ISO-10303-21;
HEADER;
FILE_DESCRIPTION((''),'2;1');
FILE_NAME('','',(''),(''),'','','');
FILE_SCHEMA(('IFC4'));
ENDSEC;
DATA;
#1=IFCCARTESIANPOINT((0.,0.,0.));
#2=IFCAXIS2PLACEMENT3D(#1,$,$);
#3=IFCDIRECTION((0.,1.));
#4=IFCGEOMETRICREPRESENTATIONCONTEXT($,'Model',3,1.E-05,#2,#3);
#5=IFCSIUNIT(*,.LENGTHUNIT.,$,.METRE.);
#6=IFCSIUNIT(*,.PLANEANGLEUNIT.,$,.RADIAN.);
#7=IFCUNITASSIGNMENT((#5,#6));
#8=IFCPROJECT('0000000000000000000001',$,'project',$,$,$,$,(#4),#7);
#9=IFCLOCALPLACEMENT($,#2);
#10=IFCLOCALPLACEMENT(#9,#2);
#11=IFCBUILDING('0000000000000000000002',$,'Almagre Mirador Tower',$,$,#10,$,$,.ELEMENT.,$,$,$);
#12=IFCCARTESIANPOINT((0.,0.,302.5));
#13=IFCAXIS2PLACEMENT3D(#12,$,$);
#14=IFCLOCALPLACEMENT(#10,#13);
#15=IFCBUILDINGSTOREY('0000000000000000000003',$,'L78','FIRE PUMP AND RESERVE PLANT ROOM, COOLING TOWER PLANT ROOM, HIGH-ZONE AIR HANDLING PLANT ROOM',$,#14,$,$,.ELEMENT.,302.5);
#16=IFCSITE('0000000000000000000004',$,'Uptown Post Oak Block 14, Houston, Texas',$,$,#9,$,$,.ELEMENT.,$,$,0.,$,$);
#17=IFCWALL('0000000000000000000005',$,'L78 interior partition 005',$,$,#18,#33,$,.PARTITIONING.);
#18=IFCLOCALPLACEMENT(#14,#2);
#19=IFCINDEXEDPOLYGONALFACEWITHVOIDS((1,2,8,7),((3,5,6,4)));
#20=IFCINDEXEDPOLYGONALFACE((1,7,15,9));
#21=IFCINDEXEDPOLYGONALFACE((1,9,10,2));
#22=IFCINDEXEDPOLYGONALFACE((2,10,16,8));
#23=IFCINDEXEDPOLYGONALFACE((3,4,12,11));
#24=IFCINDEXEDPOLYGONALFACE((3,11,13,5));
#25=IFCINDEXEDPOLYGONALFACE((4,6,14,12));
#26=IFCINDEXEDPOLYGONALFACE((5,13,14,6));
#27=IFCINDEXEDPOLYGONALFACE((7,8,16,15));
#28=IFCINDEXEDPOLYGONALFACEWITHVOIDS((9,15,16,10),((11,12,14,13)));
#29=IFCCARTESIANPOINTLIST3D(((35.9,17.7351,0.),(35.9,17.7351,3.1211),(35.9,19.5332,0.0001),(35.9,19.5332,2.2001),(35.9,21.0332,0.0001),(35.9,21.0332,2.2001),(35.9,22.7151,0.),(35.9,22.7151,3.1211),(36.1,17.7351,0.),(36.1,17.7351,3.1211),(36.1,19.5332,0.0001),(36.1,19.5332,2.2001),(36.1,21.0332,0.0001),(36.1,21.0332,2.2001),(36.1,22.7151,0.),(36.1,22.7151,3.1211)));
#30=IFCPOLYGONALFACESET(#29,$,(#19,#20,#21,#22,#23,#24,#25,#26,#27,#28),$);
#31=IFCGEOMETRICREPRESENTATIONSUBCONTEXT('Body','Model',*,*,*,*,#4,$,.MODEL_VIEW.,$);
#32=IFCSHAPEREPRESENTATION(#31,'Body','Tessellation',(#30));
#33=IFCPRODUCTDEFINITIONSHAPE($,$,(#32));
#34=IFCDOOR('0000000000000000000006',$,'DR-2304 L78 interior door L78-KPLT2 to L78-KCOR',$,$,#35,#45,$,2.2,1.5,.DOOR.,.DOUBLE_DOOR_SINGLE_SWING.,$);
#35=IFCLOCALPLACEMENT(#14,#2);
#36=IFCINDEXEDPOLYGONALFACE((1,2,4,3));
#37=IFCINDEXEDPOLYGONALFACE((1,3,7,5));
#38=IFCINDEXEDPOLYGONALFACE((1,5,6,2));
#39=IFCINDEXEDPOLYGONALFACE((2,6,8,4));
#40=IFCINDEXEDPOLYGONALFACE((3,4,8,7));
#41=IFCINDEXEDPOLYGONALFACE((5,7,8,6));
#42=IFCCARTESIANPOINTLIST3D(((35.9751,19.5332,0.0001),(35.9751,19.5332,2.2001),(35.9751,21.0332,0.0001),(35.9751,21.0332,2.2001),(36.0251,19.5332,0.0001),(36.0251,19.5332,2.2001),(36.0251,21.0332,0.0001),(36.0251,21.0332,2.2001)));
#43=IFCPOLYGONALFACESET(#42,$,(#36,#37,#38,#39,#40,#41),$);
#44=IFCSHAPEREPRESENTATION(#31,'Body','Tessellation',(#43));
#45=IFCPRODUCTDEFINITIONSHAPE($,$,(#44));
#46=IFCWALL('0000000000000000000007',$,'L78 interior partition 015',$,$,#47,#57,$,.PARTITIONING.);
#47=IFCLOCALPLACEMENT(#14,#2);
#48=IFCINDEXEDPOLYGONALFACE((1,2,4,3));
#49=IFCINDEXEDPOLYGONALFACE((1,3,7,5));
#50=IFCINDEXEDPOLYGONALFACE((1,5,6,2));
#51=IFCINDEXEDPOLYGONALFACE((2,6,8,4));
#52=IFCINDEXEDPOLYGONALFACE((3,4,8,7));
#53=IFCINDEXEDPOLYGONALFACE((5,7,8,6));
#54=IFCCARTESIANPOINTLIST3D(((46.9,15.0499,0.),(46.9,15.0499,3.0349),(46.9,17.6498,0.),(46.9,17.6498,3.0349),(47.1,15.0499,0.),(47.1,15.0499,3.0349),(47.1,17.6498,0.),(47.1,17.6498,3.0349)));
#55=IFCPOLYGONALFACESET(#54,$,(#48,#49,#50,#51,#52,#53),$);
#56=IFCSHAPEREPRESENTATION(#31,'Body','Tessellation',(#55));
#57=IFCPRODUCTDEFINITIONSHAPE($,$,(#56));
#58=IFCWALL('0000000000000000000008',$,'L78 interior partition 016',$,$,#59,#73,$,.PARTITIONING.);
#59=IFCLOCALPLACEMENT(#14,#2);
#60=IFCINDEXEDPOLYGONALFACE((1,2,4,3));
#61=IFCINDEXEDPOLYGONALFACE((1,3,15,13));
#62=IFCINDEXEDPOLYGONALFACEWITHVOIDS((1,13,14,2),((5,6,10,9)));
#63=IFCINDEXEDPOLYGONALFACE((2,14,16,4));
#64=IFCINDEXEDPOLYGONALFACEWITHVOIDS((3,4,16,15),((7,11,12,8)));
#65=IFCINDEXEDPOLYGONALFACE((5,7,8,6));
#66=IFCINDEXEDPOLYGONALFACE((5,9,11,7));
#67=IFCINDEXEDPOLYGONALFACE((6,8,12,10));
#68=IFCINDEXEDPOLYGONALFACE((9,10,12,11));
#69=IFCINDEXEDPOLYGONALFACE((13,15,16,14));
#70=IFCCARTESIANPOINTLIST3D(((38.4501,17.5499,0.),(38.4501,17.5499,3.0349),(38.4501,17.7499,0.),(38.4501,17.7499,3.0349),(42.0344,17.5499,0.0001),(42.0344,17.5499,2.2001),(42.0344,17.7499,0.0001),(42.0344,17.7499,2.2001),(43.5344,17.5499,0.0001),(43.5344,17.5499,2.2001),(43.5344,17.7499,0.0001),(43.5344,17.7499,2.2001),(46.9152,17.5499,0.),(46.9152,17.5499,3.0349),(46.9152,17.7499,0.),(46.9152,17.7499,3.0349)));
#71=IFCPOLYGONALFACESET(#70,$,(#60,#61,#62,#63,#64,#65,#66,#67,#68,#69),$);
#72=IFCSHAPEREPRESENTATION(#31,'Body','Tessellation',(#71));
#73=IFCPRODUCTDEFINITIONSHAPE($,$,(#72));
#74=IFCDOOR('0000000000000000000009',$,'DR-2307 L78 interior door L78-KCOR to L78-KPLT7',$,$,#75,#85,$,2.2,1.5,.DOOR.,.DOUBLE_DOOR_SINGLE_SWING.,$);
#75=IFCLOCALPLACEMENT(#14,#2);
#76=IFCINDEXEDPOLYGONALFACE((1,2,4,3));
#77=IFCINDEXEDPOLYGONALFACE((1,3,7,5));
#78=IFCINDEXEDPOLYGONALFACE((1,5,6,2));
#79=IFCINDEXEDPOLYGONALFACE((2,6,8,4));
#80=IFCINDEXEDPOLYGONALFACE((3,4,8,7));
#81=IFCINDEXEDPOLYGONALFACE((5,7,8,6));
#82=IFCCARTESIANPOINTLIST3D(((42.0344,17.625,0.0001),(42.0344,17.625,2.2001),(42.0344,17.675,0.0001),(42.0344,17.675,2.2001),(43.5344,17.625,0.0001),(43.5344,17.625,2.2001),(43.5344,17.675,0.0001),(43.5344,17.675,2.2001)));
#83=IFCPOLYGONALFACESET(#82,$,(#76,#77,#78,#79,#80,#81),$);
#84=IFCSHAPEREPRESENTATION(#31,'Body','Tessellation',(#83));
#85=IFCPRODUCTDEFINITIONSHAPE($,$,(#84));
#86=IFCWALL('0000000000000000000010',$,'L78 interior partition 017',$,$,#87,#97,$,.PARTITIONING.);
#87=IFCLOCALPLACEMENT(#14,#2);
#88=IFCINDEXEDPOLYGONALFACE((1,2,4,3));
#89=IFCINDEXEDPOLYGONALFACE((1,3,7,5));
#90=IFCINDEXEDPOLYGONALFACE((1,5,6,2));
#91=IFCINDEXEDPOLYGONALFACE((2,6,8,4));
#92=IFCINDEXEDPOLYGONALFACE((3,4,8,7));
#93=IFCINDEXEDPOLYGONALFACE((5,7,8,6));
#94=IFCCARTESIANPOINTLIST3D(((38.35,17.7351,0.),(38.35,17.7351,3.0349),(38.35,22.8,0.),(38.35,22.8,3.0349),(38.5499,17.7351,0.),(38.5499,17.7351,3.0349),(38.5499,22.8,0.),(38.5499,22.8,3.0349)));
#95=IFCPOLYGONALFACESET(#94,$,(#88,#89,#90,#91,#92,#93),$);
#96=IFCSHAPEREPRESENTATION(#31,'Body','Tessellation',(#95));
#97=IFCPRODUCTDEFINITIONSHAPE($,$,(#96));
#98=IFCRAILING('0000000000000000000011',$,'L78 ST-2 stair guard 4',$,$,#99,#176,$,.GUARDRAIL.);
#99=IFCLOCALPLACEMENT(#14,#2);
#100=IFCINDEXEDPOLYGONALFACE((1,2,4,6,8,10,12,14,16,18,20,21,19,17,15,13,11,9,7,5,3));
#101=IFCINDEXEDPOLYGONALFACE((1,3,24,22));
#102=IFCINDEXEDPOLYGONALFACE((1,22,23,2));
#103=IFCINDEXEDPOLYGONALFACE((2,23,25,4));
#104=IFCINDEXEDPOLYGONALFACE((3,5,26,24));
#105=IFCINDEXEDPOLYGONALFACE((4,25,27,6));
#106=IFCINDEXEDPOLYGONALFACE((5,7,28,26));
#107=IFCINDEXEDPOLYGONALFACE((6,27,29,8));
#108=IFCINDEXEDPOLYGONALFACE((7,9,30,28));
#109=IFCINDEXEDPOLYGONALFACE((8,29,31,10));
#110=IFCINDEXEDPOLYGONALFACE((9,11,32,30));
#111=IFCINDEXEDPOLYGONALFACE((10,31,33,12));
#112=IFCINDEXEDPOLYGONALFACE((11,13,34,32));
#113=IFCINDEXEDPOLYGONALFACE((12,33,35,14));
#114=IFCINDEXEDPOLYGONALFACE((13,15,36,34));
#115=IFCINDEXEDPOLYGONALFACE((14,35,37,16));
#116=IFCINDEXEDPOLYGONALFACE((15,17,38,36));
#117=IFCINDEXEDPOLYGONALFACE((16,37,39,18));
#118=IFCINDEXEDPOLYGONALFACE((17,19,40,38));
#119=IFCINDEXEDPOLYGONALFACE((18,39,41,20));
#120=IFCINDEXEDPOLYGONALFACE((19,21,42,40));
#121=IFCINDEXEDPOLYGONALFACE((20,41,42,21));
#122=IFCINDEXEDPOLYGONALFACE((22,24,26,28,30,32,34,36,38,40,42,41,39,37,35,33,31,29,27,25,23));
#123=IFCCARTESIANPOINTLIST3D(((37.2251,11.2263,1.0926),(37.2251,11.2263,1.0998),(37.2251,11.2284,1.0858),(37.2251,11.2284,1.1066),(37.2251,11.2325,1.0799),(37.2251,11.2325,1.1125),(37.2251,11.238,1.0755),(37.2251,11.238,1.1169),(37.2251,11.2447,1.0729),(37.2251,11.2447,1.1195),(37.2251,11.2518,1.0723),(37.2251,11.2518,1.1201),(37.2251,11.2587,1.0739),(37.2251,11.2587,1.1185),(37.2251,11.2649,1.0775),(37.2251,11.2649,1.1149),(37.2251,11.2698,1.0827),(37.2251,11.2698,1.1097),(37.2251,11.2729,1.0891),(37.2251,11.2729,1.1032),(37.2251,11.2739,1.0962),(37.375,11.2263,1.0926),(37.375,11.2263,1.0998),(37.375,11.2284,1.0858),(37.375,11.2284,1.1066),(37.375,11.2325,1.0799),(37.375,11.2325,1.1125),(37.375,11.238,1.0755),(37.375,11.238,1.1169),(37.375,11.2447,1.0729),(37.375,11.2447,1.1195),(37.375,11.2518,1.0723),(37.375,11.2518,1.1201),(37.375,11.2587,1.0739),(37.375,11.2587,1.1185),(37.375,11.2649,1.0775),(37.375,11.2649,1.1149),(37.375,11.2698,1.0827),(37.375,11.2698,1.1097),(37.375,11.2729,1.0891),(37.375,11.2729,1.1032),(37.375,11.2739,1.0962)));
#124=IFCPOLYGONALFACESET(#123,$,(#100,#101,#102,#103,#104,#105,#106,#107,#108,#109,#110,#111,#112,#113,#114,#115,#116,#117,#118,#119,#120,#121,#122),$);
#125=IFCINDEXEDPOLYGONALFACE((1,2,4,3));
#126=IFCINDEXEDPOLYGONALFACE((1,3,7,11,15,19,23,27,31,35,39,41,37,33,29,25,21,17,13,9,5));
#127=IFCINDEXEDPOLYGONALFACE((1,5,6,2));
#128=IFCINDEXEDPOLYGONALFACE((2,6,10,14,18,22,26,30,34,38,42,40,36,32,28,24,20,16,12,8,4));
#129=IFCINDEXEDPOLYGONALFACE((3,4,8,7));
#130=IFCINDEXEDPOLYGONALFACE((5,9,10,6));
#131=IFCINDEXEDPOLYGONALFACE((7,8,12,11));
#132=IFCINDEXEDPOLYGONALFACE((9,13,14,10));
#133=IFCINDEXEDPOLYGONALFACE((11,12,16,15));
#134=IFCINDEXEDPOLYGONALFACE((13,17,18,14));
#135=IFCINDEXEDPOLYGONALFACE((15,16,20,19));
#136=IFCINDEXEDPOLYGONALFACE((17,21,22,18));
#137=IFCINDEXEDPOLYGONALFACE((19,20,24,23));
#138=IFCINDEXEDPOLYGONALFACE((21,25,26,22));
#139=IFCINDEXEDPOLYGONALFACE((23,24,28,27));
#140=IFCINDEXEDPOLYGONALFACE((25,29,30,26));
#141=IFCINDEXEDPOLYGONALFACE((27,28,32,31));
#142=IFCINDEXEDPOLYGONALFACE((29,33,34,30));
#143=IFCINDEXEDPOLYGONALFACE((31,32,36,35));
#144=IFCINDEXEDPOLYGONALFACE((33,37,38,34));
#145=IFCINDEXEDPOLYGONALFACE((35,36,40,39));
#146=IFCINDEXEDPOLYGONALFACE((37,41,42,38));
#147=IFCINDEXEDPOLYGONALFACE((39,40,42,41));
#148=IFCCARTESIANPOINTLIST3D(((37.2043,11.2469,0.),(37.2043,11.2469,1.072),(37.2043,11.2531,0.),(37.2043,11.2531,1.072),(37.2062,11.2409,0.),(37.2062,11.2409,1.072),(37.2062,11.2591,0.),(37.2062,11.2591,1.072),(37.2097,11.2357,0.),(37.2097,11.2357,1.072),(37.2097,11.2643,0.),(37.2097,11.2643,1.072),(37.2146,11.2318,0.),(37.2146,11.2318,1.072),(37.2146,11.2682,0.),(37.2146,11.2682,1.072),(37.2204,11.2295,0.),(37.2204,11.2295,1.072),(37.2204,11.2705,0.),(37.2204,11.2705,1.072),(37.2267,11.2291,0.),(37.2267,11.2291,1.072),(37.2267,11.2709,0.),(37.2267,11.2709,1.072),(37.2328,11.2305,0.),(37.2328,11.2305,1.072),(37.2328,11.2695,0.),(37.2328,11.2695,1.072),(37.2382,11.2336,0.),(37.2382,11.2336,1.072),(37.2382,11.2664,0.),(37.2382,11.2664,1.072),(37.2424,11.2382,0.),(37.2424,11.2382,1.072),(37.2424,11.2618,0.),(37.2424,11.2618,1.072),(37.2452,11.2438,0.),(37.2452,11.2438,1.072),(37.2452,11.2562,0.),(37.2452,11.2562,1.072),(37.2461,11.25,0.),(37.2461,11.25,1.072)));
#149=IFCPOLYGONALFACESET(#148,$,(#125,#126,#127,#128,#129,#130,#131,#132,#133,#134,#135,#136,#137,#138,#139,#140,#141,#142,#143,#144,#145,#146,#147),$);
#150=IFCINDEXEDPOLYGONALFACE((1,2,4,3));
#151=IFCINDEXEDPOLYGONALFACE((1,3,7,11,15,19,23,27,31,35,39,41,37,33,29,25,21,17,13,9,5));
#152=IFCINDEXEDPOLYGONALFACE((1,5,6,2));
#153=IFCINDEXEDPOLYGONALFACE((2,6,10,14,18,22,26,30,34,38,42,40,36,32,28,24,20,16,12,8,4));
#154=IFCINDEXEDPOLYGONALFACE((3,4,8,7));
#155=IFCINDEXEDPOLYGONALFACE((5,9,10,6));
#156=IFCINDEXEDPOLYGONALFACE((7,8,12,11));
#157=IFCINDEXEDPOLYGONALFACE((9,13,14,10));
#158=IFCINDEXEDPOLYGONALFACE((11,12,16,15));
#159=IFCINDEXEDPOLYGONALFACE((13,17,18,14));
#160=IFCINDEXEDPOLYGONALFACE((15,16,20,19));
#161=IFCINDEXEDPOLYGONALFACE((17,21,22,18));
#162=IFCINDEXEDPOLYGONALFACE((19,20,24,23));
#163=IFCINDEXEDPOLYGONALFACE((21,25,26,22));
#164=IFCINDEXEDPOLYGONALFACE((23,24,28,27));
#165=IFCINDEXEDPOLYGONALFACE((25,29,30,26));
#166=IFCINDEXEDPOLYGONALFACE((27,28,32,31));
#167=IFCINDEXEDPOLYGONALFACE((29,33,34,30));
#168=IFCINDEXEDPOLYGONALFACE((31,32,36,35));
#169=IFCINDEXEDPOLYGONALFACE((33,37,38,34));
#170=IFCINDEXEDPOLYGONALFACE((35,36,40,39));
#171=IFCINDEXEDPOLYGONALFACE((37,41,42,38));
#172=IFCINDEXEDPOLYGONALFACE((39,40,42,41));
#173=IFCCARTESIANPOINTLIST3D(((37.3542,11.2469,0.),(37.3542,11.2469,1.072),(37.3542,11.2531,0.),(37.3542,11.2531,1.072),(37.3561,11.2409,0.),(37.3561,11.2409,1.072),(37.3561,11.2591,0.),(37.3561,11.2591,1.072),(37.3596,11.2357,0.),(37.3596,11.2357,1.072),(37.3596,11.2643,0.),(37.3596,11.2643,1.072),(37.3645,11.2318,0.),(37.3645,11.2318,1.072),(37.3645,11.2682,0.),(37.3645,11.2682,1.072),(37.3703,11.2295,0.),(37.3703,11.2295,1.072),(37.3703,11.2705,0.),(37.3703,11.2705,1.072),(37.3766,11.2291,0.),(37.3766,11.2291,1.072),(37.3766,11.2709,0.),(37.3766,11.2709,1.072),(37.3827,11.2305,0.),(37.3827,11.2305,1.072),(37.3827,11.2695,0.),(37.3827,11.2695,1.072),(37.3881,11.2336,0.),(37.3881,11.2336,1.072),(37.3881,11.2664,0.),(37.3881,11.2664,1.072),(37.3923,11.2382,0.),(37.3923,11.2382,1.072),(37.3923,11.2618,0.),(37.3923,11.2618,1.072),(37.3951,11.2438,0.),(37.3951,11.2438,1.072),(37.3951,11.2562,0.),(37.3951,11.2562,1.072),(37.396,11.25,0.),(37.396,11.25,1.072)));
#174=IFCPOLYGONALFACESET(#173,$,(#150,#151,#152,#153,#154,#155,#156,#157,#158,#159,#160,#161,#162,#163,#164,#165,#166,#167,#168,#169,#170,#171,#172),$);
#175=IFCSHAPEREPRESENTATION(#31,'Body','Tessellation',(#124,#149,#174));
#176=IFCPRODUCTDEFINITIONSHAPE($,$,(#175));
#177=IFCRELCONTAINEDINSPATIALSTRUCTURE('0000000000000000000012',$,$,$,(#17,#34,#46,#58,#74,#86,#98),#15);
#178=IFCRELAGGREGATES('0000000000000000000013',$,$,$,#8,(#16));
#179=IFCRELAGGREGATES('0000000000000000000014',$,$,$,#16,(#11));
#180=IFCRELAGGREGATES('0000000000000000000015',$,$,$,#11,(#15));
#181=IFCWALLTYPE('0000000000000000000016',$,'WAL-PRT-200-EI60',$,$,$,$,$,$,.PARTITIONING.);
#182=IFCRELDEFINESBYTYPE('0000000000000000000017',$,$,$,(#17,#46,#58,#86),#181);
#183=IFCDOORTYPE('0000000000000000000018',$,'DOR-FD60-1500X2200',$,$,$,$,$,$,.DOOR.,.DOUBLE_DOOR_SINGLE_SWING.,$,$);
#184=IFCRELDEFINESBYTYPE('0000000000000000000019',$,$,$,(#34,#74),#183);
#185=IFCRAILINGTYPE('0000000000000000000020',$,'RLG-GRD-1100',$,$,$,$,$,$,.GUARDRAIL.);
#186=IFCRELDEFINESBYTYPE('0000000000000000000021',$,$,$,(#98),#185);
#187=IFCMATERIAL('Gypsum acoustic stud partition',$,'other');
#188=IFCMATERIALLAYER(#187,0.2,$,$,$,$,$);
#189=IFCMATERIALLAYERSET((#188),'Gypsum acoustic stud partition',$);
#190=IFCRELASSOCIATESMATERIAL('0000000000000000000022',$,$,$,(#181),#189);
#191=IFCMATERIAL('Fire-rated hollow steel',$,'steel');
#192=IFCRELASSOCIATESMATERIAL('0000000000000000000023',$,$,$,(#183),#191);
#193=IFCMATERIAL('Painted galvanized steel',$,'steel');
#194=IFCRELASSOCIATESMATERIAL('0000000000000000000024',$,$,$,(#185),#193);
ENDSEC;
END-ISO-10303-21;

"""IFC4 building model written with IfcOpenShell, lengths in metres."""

from ifc_helpers import new_model, si_unit, direction, frame, frame_2d, origin, origin_2d, place, context, subcontext, project, spatial, rectangle, circle, extrude, material, layer, layer_set, type_object, element, fill, save


model = new_model("IFC4")

# Units and contexts
model_context = context("Model", 3, precision=1e-05, world=origin(), true_north=direction((0.0, 1.0)))
body_context = subcontext(model_context, "Body", "Model", "MODEL_VIEW")
ifc_project = project(units=[si_unit("LENGTHUNIT", "METRE"), si_unit("PLANEANGLEUNIT", "RADIAN")], contexts=[model_context])

# Site, building, storey
site_placement = place(None, origin())
site = spatial("IfcSite", under=ifc_project, at=site_placement, Name="Uptown Post Oak Block 14, Houston, Texas", CompositionType="ELEMENT", RefElevation=0.0)
building_placement = place(site_placement, origin())
building = spatial("IfcBuilding", under=site, at=building_placement, Name="Almagre Mirador Tower", CompositionType="ELEMENT")
storey_placement = place(building_placement, frame((0.0, 0.0, 302.5)))
storey = spatial("IfcBuildingStorey", under=building, at=storey_placement, Name="L78", Description="FIRE PUMP AND RESERVE PLANT ROOM, COOLING TOWER PLANT ROOM, HIGH-ZONE AIR HANDLING PLANT ROOM", CompositionType="ELEMENT", Elevation=302.5)

# Wall, opening, door
ifc_material_1 = material(Name="Gypsum acoustic stud partition", Category="other")
ifc_layer_1 = layer(ifc_material_1, 0.2)
ifc_layer_set_1 = layer_set([ifc_layer_1], Name="Gypsum acoustic stud partition")
wall_type_1 = type_object("IfcWallType", Name="WAL-PRT-200-EI60", PredefinedType="PARTITIONING", material=ifc_layer_set_1)
wall_1_placement = place(storey_placement, frame((36.0, 17.7351, 0.0), z_axis=(0.0, 0.0, 1.0), x_axis=(0.0, 1.0, 0.0)))
wall_1 = element("IfcWall", 1, at=wall_1_placement, inside=storey, type_object=wall_type_1, Name="L78 interior partition 005", PredefinedType="PARTITIONING", context=body_context, shape_type="SweptSolid", body=[
    extrude(rectangle(XDim=4.98, YDim=0.2, at=frame_2d((2.49, 0.0))), origin(), (0.0, 0.0, 1.0), 3.1211),
])
opening_1_placement = place(wall_1_placement, frame((1.7981, 0.0, 0.0)))
opening_1 = element("IfcOpeningElement", 2, at=opening_1_placement, cuts=wall_1, PredefinedType="OPENING", context=body_context, shape_type="SweptSolid", body=[
    extrude(rectangle(XDim=1.5, YDim=2.2, at=frame_2d((0.75, 1.1001))), frame((0.0, 0.1101, 0.0), z_axis=(0.0, -1.0, 0.0), x_axis=(1.0, 0.0, 0.0)), (0.0, 0.0, 1.0), 0.22),
])
ifc_material_2 = material(Name="Fire-rated hollow steel", Category="steel")
door_type = type_object("IfcDoorType", Name="DOR-FD60-1500X2200", OperationType="DOUBLE_DOOR_SINGLE_SWING", PredefinedType="DOOR", material=ifc_material_2)
door_1_placement = place(opening_1_placement, origin())
door_1 = element("IfcDoor", 3, at=door_1_placement, inside=storey, type_object=door_type, Name="DR-2304 L78 interior door L78-KPLT2 to L78-KCOR", OperationType="DOUBLE_DOOR_SINGLE_SWING", OverallHeight=2.2, OverallWidth=1.5, PredefinedType="DOOR", context=body_context, shape_type="SweptSolid", body=[
    extrude(rectangle(XDim=1.5, YDim=2.2, at=frame_2d((0.75, 1.1001))), frame((0.0, 0.0249, 0.0), z_axis=(0.0, -1.0, 0.0), x_axis=(1.0, 0.0, 0.0)), (0.0, 0.0, 1.0), 0.05),
])
fill(opening_1, door_1)

# Wall
wall_2_placement = place(storey_placement, frame((47.0, 15.05, 0.0), z_axis=(0.0, 0.0, 1.0), x_axis=(0.0, 1.0, 0.0)))
element("IfcWall", 4, at=wall_2_placement, inside=storey, type_object=wall_type_1, Name="L78 interior partition 015", PredefinedType="PARTITIONING", context=body_context, shape_type="SweptSolid", body=[
    extrude(rectangle(XDim=2.5999, YDim=0.2, at=frame_2d((1.2998, 0.0))), origin(), (0.0, 0.0, 1.0), 3.0349),
])

# Wall, opening, door
wall_3_placement = place(storey_placement, frame((46.915, 17.6499, 0.0), z_axis=(0.0, 0.0, 1.0), x_axis=(-1.0, 0.0, 0.0)))
wall_3 = element("IfcWall", 5, at=wall_3_placement, inside=storey, type_object=wall_type_1, Name="L78 interior partition 016", PredefinedType="PARTITIONING", context=body_context, shape_type="SweptSolid", body=[
    extrude(rectangle(XDim=8.4651, YDim=0.2, at=frame_2d((4.2324, 0.0))), origin(), (0.0, 0.0, 1.0), 3.0349),
])
opening_2_placement = place(wall_3_placement, frame((3.3806, 0.0, 0.0)))
opening_2 = element("IfcOpeningElement", 6, at=opening_2_placement, cuts=wall_3, PredefinedType="OPENING", context=body_context, shape_type="SweptSolid", body=[
    extrude(rectangle(XDim=1.5, YDim=2.2, at=frame_2d((0.75, 1.1001))), frame((0.0, 0.1101, 0.0), z_axis=(0.0, -1.0, 0.0), x_axis=(1.0, 0.0, 0.0)), (0.0, 0.0, 1.0), 0.22),
])
door_2_placement = place(opening_2_placement, origin())
door_2 = element("IfcDoor", 7, at=door_2_placement, inside=storey, type_object=door_type, Name="DR-2307 L78 interior door L78-KCOR to L78-KPLT7", OperationType="DOUBLE_DOOR_SINGLE_SWING", OverallHeight=2.2, OverallWidth=1.5, PredefinedType="DOOR", context=body_context, shape_type="SweptSolid", body=[
    extrude(rectangle(XDim=1.5, YDim=2.2, at=frame_2d((0.75, 1.1001))), frame((0.0, 0.0249, 0.0), z_axis=(0.0, -1.0, 0.0), x_axis=(1.0, 0.0, 0.0)), (0.0, 0.0, 1.0), 0.05),
])
fill(opening_2, door_2)

# Wall
wall_4_placement = place(storey_placement, frame((38.45, 17.7351, 0.0), z_axis=(0.0, 0.0, 1.0), x_axis=(0.0, 1.0, 0.0)))
element("IfcWall", 8, at=wall_4_placement, inside=storey, type_object=wall_type_1, Name="L78 interior partition 017", PredefinedType="PARTITIONING", context=body_context, shape_type="SweptSolid", body=[
    extrude(rectangle(XDim=5.0649, YDim=0.2, at=frame_2d((2.5325, 0.0))), origin(), (0.0, 0.0, 1.0), 3.0349),
])

# Railing
ifc_material_3 = material(Name="Painted galvanized steel", Category="steel")
railing_type = type_object("IfcRailingType", Name="RLG-GRD-1100", PredefinedType="GUARDRAIL", material=ifc_material_3)
railing_1_placement = place(storey_placement, frame((37.2251, 11.25, 0.0)))
element("IfcRailing", 9, at=railing_1_placement, inside=storey, type_object=railing_type, Name="L78 ST-2 stair guard 4", PredefinedType="GUARDRAIL", context=body_context, shape_type="SweptSolid", body=[
    extrude(circle(Radius=0.0239, at=origin_2d()), frame((0.0, 0.0, 1.0962), z_axis=(1.0, 0.0, 0.0), x_axis=(0.0, 1.0, 0.0)), (0.0, 0.0, 1.0), 0.1499),
    extrude(circle(Radius=0.021, at=origin_2d()), origin(), (0.0, 0.0, 1.0), 1.072),
    extrude(circle(Radius=0.021, at=origin_2d()), frame((0.1499, 0.0, 0.0)), (0.0, 0.0, 1.0), 1.072),
])

save(model, "model.ifc")
